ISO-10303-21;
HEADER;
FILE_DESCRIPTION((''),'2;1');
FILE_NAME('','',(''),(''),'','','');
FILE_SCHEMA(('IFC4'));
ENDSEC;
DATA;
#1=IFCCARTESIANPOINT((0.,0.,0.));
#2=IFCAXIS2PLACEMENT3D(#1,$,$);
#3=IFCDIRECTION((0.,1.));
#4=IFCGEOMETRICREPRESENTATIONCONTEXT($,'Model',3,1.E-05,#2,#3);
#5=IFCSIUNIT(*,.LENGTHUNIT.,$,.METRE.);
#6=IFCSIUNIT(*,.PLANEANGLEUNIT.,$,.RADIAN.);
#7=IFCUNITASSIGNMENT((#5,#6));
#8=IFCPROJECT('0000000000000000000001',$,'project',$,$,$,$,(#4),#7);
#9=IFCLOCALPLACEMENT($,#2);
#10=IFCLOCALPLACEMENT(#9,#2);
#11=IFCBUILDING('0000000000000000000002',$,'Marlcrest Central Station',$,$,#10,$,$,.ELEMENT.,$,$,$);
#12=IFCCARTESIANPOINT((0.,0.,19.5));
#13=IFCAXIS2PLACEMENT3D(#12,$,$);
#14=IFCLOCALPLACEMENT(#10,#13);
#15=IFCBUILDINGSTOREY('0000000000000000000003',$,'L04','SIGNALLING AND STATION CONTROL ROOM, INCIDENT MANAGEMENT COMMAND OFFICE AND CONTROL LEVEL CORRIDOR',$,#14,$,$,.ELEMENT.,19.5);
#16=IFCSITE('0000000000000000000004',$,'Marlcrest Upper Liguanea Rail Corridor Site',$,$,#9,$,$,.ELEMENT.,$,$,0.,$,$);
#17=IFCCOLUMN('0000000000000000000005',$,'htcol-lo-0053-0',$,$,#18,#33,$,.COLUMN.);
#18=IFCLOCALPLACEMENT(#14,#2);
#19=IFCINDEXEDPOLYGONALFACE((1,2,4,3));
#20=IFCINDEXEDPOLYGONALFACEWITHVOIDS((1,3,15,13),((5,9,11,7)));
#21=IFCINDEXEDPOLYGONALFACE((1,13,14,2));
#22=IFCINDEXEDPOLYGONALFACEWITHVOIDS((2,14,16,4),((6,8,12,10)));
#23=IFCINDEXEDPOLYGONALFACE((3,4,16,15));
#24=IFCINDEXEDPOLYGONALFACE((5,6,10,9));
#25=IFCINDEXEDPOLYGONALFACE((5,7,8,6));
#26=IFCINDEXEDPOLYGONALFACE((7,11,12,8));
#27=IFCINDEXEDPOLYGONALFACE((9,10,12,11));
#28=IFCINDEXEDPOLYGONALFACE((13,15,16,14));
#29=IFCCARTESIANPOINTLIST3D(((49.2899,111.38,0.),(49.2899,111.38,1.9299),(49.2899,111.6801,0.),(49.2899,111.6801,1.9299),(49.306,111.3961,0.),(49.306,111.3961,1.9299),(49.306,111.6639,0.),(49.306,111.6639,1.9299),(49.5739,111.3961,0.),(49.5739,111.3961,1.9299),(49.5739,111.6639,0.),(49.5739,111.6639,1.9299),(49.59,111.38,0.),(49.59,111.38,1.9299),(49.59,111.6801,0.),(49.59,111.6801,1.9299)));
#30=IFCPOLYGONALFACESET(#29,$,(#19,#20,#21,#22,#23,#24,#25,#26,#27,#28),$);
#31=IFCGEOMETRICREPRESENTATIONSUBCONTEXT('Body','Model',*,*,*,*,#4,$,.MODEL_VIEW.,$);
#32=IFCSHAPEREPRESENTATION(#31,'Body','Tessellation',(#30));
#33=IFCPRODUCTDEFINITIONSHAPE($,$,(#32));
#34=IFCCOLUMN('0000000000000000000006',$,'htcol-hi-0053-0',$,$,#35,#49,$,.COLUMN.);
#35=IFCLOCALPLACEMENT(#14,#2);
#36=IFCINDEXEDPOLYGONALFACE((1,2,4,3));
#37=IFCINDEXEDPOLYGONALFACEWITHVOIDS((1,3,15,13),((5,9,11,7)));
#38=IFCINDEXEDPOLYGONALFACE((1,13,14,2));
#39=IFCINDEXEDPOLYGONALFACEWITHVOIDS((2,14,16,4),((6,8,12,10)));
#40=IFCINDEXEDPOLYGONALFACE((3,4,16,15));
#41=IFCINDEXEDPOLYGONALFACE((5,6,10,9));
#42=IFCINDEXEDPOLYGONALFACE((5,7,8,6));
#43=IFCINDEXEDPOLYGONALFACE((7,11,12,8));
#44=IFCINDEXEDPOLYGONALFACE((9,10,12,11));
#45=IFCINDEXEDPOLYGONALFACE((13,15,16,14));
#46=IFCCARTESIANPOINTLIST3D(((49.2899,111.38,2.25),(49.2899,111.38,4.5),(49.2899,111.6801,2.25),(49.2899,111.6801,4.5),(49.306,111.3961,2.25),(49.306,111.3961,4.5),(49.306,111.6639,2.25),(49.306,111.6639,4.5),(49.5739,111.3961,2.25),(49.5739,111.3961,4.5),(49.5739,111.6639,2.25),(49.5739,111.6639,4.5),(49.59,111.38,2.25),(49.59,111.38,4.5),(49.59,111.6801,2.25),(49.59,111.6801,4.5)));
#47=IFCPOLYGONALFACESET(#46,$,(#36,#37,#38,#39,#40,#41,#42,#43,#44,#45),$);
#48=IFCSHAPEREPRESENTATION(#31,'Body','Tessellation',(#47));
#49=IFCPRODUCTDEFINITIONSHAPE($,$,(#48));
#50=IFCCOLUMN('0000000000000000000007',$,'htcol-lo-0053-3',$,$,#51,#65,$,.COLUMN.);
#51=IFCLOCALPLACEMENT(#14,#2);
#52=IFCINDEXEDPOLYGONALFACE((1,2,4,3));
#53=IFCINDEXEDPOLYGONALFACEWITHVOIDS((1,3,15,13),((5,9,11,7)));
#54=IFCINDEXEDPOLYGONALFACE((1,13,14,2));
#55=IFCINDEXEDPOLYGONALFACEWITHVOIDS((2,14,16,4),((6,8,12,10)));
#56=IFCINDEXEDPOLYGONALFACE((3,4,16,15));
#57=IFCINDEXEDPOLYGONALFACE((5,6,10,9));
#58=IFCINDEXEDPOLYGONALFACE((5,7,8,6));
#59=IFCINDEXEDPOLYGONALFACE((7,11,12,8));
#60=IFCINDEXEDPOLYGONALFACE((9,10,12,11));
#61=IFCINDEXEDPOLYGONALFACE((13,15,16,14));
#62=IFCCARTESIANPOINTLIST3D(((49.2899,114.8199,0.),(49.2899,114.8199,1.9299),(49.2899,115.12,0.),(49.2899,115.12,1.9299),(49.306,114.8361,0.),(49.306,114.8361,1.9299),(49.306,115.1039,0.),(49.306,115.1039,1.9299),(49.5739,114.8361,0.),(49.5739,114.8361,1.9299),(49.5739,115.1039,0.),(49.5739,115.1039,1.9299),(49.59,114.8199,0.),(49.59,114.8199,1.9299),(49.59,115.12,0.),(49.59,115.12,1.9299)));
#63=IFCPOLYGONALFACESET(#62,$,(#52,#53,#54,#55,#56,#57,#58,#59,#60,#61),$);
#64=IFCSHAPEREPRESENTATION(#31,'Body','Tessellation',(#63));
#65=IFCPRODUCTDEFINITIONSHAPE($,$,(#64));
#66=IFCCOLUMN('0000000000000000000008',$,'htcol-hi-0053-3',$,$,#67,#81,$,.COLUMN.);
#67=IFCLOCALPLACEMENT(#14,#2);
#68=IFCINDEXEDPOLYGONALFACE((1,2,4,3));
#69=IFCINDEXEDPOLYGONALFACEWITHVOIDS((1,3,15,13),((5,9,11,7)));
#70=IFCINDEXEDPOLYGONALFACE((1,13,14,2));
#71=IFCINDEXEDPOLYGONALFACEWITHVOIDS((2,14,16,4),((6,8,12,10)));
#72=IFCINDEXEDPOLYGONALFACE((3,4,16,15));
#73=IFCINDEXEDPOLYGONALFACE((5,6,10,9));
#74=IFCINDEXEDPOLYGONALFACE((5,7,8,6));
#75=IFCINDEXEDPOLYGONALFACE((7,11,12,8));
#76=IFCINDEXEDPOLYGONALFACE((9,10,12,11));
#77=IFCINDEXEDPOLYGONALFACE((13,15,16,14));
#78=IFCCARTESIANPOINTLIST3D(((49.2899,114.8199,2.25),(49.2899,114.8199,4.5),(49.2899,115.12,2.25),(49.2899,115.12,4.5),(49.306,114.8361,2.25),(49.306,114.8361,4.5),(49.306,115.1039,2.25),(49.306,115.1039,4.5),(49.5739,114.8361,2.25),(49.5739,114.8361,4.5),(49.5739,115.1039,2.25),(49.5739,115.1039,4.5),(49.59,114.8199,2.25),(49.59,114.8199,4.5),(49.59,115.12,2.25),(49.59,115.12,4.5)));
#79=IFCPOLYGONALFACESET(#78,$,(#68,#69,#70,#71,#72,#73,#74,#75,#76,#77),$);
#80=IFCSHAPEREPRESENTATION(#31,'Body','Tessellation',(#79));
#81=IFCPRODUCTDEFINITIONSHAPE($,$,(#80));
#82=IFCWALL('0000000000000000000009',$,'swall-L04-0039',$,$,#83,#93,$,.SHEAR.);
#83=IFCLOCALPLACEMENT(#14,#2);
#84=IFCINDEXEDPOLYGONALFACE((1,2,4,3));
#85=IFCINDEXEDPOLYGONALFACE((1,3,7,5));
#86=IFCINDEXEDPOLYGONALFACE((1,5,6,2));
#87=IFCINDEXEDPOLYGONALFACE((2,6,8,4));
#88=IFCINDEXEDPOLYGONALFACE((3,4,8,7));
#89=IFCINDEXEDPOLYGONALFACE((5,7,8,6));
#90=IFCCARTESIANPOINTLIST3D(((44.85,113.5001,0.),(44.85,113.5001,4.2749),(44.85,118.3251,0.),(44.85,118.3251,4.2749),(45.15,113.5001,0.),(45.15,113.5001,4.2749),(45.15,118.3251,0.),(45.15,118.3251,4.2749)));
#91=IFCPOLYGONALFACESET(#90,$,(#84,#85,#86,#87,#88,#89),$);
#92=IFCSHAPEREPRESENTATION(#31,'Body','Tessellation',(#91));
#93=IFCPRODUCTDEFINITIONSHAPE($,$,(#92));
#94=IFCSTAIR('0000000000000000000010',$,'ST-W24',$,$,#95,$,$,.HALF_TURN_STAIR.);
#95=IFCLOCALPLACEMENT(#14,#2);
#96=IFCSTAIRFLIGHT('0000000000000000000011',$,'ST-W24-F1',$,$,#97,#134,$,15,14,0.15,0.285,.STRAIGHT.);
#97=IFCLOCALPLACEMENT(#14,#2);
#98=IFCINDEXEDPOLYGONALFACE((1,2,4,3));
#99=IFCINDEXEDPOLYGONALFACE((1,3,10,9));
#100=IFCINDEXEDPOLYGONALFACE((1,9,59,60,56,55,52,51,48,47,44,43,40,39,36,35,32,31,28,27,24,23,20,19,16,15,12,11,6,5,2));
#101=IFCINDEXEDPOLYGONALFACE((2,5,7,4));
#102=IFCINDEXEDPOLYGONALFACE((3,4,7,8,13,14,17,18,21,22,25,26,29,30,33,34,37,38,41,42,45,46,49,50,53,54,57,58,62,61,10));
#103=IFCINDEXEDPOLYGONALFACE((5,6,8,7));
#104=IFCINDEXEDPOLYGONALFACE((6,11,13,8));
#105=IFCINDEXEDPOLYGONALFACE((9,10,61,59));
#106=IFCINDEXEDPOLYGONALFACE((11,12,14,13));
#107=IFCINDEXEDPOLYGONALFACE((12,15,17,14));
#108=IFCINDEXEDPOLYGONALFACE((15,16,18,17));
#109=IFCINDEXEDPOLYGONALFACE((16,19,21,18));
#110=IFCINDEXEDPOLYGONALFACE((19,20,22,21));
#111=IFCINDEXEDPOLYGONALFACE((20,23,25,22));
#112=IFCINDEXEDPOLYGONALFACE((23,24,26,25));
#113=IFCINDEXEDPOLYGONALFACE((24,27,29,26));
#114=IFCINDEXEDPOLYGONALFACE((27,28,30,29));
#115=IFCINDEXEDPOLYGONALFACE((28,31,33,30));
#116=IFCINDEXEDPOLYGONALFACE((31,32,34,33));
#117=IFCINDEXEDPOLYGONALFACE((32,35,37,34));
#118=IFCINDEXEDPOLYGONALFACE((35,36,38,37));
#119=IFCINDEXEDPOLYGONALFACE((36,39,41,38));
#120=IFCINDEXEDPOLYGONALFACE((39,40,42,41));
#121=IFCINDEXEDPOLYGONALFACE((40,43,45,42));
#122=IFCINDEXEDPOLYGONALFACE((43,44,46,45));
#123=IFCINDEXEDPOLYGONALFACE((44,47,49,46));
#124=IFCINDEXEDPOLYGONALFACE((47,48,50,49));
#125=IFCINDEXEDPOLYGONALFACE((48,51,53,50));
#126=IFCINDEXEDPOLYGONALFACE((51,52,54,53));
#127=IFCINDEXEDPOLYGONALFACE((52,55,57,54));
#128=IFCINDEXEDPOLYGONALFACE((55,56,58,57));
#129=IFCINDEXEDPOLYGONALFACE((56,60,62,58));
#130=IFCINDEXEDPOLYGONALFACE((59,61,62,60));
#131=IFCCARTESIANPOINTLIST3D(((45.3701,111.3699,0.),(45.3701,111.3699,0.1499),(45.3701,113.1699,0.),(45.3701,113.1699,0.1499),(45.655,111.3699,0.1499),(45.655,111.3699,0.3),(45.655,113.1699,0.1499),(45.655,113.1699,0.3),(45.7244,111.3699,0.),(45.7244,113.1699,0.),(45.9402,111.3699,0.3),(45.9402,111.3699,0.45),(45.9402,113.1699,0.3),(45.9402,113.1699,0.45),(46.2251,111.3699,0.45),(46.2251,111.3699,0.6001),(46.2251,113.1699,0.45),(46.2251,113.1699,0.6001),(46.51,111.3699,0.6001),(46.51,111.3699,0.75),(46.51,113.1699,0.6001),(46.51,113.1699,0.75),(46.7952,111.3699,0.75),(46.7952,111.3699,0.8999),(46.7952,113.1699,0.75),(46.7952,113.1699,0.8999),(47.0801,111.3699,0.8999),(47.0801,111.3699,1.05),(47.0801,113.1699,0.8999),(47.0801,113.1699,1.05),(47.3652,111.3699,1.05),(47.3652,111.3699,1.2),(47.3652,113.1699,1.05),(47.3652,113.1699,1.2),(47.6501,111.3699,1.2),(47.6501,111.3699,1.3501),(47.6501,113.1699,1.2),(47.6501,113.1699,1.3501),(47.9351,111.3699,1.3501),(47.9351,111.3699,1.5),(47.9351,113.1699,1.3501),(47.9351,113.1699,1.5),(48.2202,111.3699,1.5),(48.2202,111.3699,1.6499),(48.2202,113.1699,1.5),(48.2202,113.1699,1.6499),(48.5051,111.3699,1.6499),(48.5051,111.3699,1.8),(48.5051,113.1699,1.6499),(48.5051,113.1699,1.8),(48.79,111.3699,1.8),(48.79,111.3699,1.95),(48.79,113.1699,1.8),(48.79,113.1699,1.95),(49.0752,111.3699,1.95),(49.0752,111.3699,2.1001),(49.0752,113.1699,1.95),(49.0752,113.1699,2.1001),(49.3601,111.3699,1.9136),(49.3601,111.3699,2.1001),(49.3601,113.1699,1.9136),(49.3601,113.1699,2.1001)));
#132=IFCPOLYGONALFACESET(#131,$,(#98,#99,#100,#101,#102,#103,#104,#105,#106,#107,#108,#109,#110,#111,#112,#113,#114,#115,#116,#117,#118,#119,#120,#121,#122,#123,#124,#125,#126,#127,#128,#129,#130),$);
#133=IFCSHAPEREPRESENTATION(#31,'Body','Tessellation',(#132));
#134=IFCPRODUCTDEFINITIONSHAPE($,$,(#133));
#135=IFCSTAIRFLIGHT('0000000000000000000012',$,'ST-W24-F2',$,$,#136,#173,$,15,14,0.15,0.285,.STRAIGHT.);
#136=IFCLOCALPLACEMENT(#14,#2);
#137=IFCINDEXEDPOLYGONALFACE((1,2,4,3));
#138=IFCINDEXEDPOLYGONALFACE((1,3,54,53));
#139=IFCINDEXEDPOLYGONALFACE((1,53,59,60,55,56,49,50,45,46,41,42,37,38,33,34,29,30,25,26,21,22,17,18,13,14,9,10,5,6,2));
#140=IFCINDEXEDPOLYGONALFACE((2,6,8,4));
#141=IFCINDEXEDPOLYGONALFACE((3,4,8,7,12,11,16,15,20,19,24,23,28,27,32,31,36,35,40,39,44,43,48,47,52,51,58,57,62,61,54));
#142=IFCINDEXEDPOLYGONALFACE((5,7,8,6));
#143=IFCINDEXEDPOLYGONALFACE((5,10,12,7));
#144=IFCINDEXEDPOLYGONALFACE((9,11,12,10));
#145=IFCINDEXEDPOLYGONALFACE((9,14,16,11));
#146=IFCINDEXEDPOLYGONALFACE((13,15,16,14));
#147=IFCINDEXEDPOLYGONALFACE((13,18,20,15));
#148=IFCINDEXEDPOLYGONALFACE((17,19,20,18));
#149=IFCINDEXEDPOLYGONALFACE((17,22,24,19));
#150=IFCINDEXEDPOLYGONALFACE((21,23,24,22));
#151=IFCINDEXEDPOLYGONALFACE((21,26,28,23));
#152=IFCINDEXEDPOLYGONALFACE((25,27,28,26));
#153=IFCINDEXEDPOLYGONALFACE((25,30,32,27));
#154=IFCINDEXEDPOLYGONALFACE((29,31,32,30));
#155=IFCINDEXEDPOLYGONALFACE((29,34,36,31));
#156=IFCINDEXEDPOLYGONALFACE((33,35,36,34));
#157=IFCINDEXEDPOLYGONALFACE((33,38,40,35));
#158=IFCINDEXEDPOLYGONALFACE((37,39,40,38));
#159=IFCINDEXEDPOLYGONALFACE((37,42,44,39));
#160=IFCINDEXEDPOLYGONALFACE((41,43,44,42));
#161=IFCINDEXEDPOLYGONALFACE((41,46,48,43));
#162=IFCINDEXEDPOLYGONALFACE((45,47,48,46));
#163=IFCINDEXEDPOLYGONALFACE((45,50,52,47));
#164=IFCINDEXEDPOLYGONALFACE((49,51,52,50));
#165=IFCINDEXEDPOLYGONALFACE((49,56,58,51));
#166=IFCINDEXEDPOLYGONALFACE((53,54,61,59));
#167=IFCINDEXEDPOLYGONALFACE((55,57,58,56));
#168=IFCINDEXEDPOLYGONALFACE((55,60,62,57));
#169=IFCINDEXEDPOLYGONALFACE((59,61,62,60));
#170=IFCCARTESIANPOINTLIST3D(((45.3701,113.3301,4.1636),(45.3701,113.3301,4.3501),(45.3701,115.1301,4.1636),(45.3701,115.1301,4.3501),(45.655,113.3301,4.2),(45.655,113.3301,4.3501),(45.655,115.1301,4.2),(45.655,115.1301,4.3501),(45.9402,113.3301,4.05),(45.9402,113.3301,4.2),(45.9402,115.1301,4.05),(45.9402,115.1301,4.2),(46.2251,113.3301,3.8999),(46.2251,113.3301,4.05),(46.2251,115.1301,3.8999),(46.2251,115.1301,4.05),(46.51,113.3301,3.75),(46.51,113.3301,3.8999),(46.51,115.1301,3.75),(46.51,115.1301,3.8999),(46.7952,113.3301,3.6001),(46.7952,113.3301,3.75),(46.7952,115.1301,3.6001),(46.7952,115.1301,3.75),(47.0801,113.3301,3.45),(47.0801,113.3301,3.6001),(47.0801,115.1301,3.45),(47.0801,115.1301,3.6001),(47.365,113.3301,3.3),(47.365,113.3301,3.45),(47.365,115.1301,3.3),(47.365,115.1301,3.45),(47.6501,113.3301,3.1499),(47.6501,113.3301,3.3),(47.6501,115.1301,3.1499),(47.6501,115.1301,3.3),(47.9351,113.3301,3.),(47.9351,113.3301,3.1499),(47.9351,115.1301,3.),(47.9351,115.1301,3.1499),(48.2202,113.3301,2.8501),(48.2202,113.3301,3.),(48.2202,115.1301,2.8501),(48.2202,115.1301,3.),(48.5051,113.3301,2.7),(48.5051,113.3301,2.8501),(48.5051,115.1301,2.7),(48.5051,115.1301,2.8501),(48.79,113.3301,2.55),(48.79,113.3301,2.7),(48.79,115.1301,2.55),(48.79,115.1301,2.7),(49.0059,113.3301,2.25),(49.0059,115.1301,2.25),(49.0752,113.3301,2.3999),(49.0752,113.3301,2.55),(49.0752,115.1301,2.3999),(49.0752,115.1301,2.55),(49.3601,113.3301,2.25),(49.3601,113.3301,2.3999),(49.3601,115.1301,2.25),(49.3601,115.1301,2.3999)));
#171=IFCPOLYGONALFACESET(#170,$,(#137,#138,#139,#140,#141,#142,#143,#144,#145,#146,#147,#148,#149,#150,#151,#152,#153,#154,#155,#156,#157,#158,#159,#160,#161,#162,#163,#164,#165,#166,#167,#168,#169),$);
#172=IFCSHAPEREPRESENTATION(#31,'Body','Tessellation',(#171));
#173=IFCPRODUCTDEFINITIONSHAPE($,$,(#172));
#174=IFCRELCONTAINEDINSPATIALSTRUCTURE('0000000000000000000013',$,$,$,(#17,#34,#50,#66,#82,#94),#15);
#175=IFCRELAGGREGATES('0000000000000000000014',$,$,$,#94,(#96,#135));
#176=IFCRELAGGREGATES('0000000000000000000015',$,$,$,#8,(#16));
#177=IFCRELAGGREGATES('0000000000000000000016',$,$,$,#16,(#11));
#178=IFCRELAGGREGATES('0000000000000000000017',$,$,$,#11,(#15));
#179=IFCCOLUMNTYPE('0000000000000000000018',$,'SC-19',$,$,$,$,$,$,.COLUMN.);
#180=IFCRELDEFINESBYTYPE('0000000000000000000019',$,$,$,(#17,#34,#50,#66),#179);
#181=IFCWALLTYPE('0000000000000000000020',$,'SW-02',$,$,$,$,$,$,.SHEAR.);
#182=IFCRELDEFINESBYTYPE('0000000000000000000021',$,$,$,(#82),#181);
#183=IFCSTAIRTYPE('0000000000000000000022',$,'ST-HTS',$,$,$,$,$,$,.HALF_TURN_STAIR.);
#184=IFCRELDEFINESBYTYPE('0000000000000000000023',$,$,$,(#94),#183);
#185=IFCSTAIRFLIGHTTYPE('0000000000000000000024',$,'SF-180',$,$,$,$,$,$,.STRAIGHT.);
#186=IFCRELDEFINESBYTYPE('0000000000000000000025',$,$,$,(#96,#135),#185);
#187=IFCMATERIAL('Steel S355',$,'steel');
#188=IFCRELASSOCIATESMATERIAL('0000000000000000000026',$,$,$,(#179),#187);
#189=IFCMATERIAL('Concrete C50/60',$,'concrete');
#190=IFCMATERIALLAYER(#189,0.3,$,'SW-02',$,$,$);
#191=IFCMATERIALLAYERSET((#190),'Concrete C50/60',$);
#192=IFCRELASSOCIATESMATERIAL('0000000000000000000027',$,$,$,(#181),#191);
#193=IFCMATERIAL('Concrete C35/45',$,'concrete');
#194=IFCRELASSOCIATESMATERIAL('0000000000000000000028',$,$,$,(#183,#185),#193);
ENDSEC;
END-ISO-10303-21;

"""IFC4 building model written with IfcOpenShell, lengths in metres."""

from ifc_helpers import new_model, si_unit, direction, frame, frame_2d, origin, origin_2d, place, context, subcontext, project, spatial, polyline, rectangle, hollow_rectangle, outline, extrude, material, layer, layer_set, material_profile, profile_set, type_object, element, aggregate, save


model = new_model("IFC4")

# Units and contexts
model_context = context("Model", 3, precision=1e-05, world=origin(), true_north=direction((0.0, 1.0)))
body_context = subcontext(model_context, "Body", "Model", "MODEL_VIEW")
ifc_project = project(units=[si_unit("LENGTHUNIT", "METRE"), si_unit("PLANEANGLEUNIT", "RADIAN")], contexts=[model_context])

# Site, building, storey
site_placement = place(None, origin())
site = spatial("IfcSite", under=ifc_project, at=site_placement, Name="Marlcrest Upper Liguanea Rail Corridor Site", CompositionType="ELEMENT", RefElevation=0.0)
building_placement = place(site_placement, origin())
building = spatial("IfcBuilding", under=site, at=building_placement, Name="Marlcrest Central Station", CompositionType="ELEMENT")
storey_placement = place(building_placement, frame((0.0, 0.0, 19.5)))
storey = spatial("IfcBuildingStorey", under=building, at=storey_placement, Name="L04", Description="SIGNALLING AND STATION CONTROL ROOM, INCIDENT MANAGEMENT COMMAND OFFICE AND CONTROL LEVEL CORRIDOR", CompositionType="ELEMENT", Elevation=19.5)

# Columns
ifc_material_1 = material(Name="Steel S355", Category="steel")
ifc_material_profile = material_profile(ifc_material_1, hollow_rectangle(XDim=0.3, YDim=0.3, WallThickness=0.0161, at=origin_2d()), Name="SHS 300x300x16")
ifc_profile_set = profile_set([ifc_material_profile], Name="Steel S355")
column_type = type_object("IfcColumnType", Name="SC-19", PredefinedType="COLUMN", material=ifc_profile_set)
column_1_placement = place(storey_placement, frame((49.4399, 111.53, 0.0), z_axis=(0.0, 0.0, 1.0), x_axis=(1.0, 0.0, 0.0)))
element("IfcColumn", 1, at=column_1_placement, inside=storey, type_object=column_type, Name="htcol-lo-0053-0", PredefinedType="COLUMN", context=body_context, shape_type="SweptSolid", body=[
    extrude(hollow_rectangle(XDim=0.3, YDim=0.3, WallThickness=0.0161, at=origin_2d()), origin(), (0.0, 0.0, 1.0), 1.9299),
])
column_2_placement = place(storey_placement, frame((49.4399, 111.53, 2.25), z_axis=(0.0, 0.0, 1.0), x_axis=(1.0, 0.0, 0.0)))
element("IfcColumn", 2, at=column_2_placement, inside=storey, type_object=column_type, Name="htcol-hi-0053-0", PredefinedType="COLUMN", context=body_context, shape_type="SweptSolid", body=[
    extrude(hollow_rectangle(XDim=0.3, YDim=0.3, WallThickness=0.0161, at=origin_2d()), origin(), (0.0, 0.0, 1.0), 2.25),
])
column_3_placement = place(storey_placement, frame((49.4399, 114.97, 0.0), z_axis=(0.0, 0.0, 1.0), x_axis=(1.0, 0.0, 0.0)))
element("IfcColumn", 3, at=column_3_placement, inside=storey, type_object=column_type, Name="htcol-lo-0053-3", PredefinedType="COLUMN", context=body_context, shape_type="SweptSolid", body=[
    extrude(hollow_rectangle(XDim=0.3, YDim=0.3, WallThickness=0.0161, at=origin_2d()), origin(), (0.0, 0.0, 1.0), 1.9299),
])
column_4_placement = place(storey_placement, frame((49.4399, 114.97, 2.25), z_axis=(0.0, 0.0, 1.0), x_axis=(1.0, 0.0, 0.0)))
element("IfcColumn", 4, at=column_4_placement, inside=storey, type_object=column_type, Name="htcol-hi-0053-3", PredefinedType="COLUMN", context=body_context, shape_type="SweptSolid", body=[
    extrude(hollow_rectangle(XDim=0.3, YDim=0.3, WallThickness=0.0161, at=origin_2d()), origin(), (0.0, 0.0, 1.0), 2.25),
])

# Wall
ifc_material_2 = material(Name="Concrete C50/60", Category="concrete")
ifc_layer = layer(ifc_material_2, 0.3, Name="SW-02")
ifc_layer_set = layer_set([ifc_layer], Name="Concrete C50/60")
wall_type = type_object("IfcWallType", Name="SW-02", PredefinedType="SHEAR", material=ifc_layer_set)
wall_placement = place(storey_placement, frame((45.0, 113.5, 0.0), z_axis=(0.0, 0.0, 1.0), x_axis=(0.0, 1.0, 0.0)))
element("IfcWall", 5, at=wall_placement, inside=storey, type_object=wall_type, Name="swall-L04-0039", PredefinedType="SHEAR", context=body_context, shape_type="SweptSolid", body=[
    extrude(rectangle(XDim=4.825, YDim=0.3, at=frame_2d((2.4126, 0.0))), origin(), (0.0, 0.0, 1.0), 4.2749),
])

# Stair, stair flights
ifc_material_3 = material(Name="Concrete C35/45", Category="concrete")
stair_type = type_object("IfcStairType", Name="ST-HTS", PredefinedType="HALF_TURN_STAIR", material=ifc_material_3)
stair_placement = place(storey_placement, origin())
stair = element("IfcStair", 6, at=stair_placement, inside=storey, type_object=stair_type, Name="ST-W24", PredefinedType="HALF_TURN_STAIR")
stair_flight_type = type_object("IfcStairFlightType", Name="SF-180", PredefinedType="STRAIGHT", material=ifc_material_3)
stair_flight_1_placement = place(storey_placement, frame((45.3701, 112.27, 0.0), z_axis=(0.0, 0.0, 1.0), x_axis=(1.0, 0.0, 0.0)))
stair_flight_1 = element("IfcStairFlight", 7, at=stair_flight_1_placement, type_object=stair_flight_type, Name="ST-W24-F1", NumberOfRisers=15, NumberOfTreads=14, PredefinedType="STRAIGHT", RiserHeight=0.15, TreadLength=0.285, context=body_context, shape_type="SweptSolid", body=[
    extrude(outline(polyline([(0.0, 0.0), (0.0, 0.1499), (0.2849, 0.1499), (0.2849, 0.3), (0.5701, 0.3), (0.5701, 0.45), (0.855, 0.45), (0.855, 0.6001), (1.1399, 0.6001), (1.1399, 0.75), (1.425, 0.75), (1.425, 0.8999), (1.71, 0.8999), (1.71, 1.05), (1.9951, 1.05), (1.9951, 1.2), (2.28, 1.2), (2.28, 1.3501), (2.5649, 1.3501), (2.5649, 1.5), (2.8501, 1.5), (2.8501, 1.6499), (3.135, 1.6499), (3.135, 1.8), (3.4199, 1.8), (3.4199, 1.95), (3.7051, 1.95), (3.7051, 2.1001), (3.99, 2.1001), (3.99, 2.25), (3.99, 1.9136), (0.3542, 0.0), (0.0, 0.0)])), frame((0.0, 0.8999, 0.0), z_axis=(0.0, -1.0, 0.0), x_axis=(1.0, 0.0, 0.0)), (0.0, 0.0, 1.0), 1.8),
])
stair_flight_2_placement = place(storey_placement, frame((49.3601, 114.23, 2.25), z_axis=(0.0, 0.0, 1.0), x_axis=(-1.0, 0.0, 0.0)))
stair_flight_2 = element("IfcStairFlight", 8, at=stair_flight_2_placement, type_object=stair_flight_type, Name="ST-W24-F2", NumberOfRisers=15, NumberOfTreads=14, PredefinedType="STRAIGHT", RiserHeight=0.15, TreadLength=0.285, context=body_context, shape_type="SweptSolid", body=[
    extrude(outline(polyline([(0.0, 0.0), (0.0, 0.1499), (0.2849, 0.1499), (0.2849, 0.3), (0.5701, 0.3), (0.5701, 0.45), (0.855, 0.45), (0.855, 0.6001), (1.1399, 0.6001), (1.1399, 0.75), (1.425, 0.75), (1.425, 0.8999), (1.71, 0.8999), (1.71, 1.05), (1.9951, 1.05), (1.9951, 1.2), (2.28, 1.2), (2.28, 1.3501), (2.5649, 1.3501), (2.5649, 1.5), (2.8501, 1.5), (2.8501, 1.6499), (3.135, 1.6499), (3.135, 1.8), (3.4199, 1.8), (3.4199, 1.95), (3.7051, 1.95), (3.7051, 2.1001), (3.99, 2.1001), (3.99, 2.25), (3.99, 1.9136), (0.3542, 0.0), (0.0, 0.0)])), frame((0.0, 0.8999, 0.0), z_axis=(0.0, -1.0, 0.0), x_axis=(1.0, 0.0, 0.0)), (0.0, 0.0, 1.0), 1.8),
])
aggregate(stair, [stair_flight_1, stair_flight_2])

save(model, "model.ifc")
